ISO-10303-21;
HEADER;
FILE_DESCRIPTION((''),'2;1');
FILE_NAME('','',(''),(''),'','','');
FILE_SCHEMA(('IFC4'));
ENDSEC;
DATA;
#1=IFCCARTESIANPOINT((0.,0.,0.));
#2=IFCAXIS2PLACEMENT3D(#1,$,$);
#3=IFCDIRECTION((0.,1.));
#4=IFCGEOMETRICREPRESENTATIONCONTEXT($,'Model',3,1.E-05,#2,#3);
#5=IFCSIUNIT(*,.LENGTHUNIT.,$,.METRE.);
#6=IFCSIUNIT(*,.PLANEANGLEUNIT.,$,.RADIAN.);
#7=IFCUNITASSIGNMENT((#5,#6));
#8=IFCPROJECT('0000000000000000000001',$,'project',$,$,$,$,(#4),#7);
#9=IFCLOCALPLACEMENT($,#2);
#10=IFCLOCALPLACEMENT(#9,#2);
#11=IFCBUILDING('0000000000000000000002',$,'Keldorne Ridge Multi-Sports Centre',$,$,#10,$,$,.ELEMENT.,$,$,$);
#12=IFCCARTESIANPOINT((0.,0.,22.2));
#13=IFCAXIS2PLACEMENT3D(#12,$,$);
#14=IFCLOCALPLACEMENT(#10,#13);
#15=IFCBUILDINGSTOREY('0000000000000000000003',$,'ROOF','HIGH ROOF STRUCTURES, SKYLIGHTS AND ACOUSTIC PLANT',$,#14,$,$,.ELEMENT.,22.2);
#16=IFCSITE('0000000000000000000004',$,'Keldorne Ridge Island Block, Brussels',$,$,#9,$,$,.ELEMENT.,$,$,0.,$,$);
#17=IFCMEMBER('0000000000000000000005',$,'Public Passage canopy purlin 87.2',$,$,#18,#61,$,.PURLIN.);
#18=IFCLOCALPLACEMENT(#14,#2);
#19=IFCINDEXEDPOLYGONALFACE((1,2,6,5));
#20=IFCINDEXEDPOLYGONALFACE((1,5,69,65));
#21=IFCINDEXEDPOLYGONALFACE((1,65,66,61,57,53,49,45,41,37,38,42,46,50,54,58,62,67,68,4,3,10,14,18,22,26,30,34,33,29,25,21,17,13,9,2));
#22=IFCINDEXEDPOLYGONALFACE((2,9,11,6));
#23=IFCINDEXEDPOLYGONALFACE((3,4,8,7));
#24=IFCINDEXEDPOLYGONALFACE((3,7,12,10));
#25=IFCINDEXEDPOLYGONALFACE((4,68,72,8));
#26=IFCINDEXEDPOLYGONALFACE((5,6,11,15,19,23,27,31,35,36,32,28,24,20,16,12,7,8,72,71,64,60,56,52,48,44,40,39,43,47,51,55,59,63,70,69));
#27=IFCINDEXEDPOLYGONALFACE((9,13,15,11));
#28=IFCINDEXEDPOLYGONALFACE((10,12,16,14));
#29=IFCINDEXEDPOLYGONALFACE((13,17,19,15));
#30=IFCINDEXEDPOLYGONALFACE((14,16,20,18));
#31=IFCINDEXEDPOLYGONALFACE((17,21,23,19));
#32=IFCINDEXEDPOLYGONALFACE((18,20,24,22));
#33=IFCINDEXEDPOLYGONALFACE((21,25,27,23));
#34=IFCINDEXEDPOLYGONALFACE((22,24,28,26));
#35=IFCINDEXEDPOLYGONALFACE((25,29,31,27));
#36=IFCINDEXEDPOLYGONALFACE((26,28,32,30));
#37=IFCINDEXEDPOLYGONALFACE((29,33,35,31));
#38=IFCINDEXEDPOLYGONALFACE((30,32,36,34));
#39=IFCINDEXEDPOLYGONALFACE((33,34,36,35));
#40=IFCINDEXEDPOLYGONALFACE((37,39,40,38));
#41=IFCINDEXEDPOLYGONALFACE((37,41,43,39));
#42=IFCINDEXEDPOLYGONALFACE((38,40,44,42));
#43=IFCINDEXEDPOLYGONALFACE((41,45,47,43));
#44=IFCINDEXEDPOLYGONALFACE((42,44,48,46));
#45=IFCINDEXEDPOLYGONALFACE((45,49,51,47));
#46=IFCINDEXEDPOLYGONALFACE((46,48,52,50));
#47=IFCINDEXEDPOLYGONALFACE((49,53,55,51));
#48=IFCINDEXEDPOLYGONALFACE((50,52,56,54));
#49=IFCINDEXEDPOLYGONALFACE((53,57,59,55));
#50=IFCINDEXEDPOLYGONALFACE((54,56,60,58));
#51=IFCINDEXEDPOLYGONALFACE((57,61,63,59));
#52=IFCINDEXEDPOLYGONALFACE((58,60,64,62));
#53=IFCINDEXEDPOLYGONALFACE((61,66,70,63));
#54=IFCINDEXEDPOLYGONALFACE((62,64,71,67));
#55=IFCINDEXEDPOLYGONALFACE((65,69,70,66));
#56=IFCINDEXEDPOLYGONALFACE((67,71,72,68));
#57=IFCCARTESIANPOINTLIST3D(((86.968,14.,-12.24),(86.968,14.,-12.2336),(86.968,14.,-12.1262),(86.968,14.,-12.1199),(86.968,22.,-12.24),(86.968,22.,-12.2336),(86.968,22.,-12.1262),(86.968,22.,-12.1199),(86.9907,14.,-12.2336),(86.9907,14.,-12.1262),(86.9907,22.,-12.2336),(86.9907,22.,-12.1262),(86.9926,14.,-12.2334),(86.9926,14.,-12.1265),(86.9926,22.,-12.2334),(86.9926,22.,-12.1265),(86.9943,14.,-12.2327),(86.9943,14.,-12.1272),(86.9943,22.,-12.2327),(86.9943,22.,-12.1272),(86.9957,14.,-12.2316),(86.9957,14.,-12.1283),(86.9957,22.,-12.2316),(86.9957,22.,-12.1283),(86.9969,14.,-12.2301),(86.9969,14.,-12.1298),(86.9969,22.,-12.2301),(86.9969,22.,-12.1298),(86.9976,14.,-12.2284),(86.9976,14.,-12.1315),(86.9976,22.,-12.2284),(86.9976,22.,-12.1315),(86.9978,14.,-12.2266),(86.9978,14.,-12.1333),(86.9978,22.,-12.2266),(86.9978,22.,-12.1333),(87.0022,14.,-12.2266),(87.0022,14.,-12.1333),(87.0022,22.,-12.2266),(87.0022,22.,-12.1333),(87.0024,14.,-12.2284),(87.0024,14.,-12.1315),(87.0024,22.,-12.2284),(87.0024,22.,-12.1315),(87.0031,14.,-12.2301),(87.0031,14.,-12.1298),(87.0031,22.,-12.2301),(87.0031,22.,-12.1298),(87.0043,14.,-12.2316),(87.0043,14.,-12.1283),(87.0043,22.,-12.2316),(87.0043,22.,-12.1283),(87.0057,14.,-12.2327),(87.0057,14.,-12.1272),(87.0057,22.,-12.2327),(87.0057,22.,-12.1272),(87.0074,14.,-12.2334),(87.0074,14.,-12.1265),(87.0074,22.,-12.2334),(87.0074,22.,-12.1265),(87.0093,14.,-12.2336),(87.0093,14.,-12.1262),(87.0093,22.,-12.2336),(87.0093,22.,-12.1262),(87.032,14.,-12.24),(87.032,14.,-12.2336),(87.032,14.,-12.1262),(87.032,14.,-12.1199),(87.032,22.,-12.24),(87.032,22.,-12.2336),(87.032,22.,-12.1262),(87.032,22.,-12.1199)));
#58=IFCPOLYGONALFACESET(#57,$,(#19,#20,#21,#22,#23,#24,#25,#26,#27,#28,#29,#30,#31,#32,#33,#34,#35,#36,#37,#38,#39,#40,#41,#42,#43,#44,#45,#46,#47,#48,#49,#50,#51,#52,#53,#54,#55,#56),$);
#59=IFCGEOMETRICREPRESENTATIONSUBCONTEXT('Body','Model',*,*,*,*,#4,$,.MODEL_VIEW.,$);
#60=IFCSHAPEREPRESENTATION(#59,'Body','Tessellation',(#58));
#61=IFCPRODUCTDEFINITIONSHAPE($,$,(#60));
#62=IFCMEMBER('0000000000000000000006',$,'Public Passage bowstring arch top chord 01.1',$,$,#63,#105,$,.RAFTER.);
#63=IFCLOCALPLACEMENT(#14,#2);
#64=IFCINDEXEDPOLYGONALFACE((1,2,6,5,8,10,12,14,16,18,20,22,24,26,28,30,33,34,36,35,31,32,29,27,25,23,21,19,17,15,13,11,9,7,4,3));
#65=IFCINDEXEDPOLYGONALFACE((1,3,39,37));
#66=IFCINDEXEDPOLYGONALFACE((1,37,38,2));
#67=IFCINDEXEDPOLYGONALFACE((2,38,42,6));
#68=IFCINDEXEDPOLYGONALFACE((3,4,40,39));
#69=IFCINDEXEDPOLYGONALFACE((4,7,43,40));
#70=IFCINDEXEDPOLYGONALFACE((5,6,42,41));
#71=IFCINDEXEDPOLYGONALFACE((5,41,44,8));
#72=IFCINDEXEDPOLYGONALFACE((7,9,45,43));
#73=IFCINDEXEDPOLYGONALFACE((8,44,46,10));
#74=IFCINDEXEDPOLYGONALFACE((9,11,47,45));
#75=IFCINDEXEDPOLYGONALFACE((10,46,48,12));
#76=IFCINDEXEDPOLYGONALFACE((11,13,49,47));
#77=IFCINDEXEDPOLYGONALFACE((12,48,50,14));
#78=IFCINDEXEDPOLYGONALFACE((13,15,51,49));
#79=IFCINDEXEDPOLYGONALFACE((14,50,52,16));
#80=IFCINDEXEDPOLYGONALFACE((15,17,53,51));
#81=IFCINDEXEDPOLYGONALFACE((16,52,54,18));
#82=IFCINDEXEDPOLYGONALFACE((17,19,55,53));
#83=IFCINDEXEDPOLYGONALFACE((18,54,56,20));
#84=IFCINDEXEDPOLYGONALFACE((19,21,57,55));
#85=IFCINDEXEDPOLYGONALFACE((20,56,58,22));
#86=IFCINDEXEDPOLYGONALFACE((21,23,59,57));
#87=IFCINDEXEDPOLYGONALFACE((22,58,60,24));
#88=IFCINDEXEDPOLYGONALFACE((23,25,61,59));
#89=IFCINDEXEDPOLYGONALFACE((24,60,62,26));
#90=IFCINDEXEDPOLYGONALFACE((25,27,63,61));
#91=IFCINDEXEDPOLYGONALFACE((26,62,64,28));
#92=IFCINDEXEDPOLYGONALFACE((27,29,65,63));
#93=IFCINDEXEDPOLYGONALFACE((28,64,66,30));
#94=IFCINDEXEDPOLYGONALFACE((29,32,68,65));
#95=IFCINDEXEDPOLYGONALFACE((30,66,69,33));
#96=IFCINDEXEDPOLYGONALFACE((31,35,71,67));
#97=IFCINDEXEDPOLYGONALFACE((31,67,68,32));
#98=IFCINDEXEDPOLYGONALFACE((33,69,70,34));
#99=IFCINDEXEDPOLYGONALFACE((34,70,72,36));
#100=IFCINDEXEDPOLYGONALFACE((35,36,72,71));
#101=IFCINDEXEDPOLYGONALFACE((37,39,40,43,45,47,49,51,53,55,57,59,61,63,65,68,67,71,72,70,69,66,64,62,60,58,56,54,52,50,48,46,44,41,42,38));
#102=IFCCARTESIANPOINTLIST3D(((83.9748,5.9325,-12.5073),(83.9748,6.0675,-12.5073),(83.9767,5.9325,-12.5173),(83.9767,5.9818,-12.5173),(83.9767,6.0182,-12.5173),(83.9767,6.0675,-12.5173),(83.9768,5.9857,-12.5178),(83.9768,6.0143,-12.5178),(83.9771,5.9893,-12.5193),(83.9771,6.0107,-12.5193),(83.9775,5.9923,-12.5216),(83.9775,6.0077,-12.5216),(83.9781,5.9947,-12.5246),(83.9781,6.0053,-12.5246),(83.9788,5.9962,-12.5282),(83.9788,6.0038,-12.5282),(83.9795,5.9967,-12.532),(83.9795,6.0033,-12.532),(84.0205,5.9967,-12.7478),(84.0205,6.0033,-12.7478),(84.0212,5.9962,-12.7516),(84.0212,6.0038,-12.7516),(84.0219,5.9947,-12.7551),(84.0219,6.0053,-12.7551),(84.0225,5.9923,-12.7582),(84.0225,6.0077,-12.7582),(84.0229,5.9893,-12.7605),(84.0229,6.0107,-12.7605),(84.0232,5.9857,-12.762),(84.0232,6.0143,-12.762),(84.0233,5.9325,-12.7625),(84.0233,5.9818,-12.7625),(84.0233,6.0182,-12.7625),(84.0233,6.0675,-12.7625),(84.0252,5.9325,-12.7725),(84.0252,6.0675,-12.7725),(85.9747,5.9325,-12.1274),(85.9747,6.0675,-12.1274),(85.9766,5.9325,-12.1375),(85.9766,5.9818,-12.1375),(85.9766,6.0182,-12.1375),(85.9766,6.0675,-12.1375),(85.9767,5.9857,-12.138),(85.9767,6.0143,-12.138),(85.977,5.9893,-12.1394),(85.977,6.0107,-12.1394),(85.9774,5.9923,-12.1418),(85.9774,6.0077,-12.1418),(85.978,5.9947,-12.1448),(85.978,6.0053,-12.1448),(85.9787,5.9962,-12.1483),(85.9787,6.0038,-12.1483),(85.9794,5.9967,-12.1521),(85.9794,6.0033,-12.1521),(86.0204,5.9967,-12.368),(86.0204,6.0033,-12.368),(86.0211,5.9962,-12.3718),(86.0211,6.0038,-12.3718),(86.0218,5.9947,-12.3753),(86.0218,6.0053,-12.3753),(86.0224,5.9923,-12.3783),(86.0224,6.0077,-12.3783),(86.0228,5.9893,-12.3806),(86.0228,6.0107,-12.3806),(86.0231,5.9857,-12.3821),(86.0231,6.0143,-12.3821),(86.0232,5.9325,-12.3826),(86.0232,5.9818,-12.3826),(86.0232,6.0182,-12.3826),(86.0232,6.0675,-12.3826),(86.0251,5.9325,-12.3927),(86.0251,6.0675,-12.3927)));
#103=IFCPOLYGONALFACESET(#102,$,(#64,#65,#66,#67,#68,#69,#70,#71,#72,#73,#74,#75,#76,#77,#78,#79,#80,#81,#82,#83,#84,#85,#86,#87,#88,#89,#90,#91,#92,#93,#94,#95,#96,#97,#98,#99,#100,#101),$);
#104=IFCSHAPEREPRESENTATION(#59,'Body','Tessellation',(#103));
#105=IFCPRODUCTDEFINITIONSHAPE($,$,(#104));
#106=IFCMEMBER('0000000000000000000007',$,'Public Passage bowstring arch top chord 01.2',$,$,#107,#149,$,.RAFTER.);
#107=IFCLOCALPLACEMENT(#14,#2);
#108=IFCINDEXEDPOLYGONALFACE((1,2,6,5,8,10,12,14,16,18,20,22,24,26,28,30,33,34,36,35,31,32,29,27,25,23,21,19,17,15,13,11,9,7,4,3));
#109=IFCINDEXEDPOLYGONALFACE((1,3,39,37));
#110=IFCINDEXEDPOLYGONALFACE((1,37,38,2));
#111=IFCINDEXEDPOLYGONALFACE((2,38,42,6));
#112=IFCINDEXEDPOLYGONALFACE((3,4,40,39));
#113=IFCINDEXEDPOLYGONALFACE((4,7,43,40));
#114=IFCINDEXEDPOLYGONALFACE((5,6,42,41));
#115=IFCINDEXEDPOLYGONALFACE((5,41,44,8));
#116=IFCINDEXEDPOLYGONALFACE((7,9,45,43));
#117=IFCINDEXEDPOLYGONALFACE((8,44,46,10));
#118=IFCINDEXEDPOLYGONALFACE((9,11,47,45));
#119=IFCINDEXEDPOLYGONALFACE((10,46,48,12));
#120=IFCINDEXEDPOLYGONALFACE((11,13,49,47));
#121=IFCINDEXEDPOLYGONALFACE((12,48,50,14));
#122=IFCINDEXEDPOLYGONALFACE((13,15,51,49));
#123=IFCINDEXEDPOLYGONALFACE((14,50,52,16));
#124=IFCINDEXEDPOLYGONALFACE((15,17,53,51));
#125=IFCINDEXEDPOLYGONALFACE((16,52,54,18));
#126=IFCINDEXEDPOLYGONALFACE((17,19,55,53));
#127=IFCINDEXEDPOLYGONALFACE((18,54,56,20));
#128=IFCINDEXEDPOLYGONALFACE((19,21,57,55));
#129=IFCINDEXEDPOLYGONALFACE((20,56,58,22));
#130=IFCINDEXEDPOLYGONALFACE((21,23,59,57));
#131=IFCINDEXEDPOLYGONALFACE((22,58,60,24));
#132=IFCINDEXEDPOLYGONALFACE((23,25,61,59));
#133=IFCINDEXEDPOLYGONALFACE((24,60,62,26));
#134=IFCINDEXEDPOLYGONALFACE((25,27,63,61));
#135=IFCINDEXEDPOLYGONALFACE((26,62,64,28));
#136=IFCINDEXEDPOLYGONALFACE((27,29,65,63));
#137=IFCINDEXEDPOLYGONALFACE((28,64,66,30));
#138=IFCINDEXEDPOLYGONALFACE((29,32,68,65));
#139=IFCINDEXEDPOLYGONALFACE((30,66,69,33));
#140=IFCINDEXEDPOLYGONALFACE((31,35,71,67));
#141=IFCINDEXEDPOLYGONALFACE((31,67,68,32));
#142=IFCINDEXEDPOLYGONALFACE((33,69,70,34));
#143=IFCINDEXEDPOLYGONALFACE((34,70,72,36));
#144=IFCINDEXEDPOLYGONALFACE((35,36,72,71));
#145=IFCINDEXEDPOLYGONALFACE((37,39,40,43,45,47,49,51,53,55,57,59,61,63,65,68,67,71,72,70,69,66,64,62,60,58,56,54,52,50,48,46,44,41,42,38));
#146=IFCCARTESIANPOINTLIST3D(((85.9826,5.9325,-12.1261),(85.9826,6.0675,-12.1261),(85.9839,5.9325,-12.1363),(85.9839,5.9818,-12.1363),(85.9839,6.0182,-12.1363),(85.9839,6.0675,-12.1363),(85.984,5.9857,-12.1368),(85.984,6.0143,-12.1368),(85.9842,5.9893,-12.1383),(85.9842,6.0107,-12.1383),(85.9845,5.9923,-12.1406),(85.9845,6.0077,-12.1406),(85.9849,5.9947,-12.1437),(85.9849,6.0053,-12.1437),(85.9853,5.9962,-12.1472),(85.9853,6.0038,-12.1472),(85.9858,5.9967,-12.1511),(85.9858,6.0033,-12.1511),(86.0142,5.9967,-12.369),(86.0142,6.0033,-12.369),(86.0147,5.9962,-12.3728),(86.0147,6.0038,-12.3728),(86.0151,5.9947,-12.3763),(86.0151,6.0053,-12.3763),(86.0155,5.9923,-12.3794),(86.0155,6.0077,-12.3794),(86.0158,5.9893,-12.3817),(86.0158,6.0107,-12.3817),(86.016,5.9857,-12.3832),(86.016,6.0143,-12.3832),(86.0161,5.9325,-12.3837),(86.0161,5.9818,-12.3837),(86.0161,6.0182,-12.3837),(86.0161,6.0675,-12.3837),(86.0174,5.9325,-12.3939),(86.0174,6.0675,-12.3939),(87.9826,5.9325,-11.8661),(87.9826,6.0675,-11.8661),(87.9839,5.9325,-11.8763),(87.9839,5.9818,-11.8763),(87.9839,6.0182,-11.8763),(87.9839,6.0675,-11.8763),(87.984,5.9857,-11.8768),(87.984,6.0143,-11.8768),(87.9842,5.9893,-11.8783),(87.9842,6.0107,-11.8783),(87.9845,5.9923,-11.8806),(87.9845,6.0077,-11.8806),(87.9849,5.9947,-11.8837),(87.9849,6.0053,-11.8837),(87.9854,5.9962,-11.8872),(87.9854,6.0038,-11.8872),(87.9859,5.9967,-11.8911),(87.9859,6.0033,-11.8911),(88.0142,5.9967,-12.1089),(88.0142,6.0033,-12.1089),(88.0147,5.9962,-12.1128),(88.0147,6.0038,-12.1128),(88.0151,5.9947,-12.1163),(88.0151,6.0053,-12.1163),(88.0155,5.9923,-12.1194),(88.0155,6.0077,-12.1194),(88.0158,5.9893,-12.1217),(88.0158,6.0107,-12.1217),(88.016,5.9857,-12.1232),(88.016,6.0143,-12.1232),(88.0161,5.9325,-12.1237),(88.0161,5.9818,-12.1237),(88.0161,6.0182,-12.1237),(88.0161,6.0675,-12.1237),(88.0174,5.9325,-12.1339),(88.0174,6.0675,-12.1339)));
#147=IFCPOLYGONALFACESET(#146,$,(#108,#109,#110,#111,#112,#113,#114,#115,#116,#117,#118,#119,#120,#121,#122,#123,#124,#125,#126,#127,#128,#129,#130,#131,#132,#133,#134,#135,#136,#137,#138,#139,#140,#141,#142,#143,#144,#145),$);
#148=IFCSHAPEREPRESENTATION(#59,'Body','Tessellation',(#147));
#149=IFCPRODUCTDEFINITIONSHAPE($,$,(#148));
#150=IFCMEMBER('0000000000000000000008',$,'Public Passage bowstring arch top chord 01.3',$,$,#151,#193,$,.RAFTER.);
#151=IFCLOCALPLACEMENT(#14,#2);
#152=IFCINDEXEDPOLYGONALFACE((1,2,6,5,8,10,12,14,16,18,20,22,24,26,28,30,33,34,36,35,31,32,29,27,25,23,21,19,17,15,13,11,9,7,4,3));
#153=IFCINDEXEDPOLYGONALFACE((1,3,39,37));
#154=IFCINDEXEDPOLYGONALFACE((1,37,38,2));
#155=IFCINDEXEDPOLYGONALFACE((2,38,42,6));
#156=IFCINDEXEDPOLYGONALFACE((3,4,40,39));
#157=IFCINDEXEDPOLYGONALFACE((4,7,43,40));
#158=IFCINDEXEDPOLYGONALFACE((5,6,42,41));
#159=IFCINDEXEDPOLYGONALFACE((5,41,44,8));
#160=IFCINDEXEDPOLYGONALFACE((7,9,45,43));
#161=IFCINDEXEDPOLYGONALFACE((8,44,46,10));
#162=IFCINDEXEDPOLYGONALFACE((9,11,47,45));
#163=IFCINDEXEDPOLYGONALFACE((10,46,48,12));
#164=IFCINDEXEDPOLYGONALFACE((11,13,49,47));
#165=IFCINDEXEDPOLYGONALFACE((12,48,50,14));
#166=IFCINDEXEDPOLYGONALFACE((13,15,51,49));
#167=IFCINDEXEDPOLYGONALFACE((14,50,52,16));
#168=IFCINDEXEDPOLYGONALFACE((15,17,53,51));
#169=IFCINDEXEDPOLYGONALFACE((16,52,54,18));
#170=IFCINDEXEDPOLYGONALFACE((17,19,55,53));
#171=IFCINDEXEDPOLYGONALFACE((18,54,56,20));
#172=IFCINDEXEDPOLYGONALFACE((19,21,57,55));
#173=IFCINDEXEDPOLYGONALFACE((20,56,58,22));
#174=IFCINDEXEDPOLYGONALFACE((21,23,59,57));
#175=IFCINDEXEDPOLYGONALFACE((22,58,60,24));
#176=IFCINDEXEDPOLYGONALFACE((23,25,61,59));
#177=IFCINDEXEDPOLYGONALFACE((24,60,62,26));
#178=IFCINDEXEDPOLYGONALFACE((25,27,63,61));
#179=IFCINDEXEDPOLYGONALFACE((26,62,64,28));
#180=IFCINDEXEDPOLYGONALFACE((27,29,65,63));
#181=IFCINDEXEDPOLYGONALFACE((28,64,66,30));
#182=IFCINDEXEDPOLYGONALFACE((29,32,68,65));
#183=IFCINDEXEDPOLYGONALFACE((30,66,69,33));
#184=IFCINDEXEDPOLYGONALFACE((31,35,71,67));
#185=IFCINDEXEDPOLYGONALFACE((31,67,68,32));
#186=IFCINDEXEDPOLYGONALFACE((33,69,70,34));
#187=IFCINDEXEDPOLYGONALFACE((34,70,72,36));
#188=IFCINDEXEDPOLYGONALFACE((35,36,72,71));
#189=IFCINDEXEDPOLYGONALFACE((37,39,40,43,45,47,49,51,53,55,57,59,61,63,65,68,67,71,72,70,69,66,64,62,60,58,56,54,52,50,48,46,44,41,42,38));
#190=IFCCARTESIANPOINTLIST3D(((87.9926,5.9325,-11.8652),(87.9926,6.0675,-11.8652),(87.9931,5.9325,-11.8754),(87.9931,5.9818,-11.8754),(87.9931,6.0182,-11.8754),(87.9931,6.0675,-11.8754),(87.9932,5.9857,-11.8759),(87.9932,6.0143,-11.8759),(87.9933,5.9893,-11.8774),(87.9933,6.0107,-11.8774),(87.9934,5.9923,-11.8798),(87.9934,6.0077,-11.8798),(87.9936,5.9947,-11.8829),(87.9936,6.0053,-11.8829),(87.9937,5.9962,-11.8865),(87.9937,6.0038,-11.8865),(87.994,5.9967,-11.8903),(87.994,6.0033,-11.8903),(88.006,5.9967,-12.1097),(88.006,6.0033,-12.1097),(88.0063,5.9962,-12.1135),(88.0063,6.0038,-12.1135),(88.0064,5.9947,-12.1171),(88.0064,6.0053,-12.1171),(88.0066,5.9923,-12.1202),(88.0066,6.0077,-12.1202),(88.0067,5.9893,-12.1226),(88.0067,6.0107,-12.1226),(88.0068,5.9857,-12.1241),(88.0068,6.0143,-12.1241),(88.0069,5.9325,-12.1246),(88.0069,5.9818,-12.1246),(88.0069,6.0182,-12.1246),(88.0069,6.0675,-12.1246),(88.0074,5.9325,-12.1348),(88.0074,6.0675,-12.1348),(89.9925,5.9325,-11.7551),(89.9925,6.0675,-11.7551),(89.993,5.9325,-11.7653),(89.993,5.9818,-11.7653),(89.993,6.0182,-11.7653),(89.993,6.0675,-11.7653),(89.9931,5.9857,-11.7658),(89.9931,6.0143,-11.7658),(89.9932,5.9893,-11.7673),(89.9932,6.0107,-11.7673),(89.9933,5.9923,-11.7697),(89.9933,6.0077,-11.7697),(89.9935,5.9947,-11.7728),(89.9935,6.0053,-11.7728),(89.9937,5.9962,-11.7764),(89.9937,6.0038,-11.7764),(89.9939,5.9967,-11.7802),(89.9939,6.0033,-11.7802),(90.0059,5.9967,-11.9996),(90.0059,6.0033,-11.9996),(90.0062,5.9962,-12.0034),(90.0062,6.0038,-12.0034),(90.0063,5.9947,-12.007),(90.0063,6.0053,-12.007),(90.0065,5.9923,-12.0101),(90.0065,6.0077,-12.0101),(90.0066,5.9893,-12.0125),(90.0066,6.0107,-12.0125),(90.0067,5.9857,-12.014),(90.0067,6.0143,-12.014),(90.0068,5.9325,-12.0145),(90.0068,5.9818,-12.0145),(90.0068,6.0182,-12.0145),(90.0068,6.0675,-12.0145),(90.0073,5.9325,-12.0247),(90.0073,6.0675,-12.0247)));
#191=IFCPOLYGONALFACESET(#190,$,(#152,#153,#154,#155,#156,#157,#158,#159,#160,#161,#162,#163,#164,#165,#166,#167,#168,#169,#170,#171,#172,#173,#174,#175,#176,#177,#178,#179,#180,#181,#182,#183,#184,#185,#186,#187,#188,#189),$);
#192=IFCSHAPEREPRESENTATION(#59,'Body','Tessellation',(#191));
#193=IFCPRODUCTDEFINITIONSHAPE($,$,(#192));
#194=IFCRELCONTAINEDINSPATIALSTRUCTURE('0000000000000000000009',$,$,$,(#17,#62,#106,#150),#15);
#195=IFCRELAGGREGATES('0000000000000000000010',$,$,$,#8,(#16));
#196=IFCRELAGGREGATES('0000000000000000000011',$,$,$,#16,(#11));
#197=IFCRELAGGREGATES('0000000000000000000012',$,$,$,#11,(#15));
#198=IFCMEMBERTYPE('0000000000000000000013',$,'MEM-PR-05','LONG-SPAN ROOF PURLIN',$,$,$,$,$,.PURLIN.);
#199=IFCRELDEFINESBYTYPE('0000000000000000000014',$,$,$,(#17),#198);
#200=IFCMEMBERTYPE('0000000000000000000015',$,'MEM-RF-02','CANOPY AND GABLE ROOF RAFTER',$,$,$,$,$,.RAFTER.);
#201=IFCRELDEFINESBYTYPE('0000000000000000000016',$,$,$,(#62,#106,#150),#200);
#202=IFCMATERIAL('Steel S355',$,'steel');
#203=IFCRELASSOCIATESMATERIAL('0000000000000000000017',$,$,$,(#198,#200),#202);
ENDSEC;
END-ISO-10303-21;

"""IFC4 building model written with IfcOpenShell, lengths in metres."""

from ifc_helpers import new_model, si_unit, direction, frame, origin, origin_2d, place, context, subcontext, project, spatial, i_section, extrude, material, material_profile, profile_set, type_object, element, save


model = new_model("IFC4")

# Units and contexts
model_context = context("Model", 3, precision=1e-05, world=origin(), true_north=direction((0.0, 1.0)))
body_context = subcontext(model_context, "Body", "Model", "MODEL_VIEW")
ifc_project = project(units=[si_unit("LENGTHUNIT", "METRE"), si_unit("PLANEANGLEUNIT", "RADIAN")], contexts=[model_context])

# Site, building, storey
site_placement = place(None, origin())
site = spatial("IfcSite", under=ifc_project, at=site_placement, Name="Keldorne Ridge Island Block, Brussels", CompositionType="ELEMENT", RefElevation=0.0)
building_placement = place(site_placement, origin())
building = spatial("IfcBuilding", under=site, at=building_placement, Name="Keldorne Ridge Multi-Sports Centre", CompositionType="ELEMENT")
storey_placement = place(building_placement, frame((0.0, 0.0, 22.2)))
storey = spatial("IfcBuildingStorey", under=building, at=storey_placement, Name="ROOF", Description="HIGH ROOF STRUCTURES, SKYLIGHTS AND ACOUSTIC PLANT", CompositionType="ELEMENT", Elevation=22.2)

# Members
ifc_material = material(Name="Steel S355", Category="steel")
ifc_material_profile_1 = material_profile(ifc_material, i_section(OverallWidth=0.064, OverallDepth=0.1201, WebThickness=0.0044, FlangeThickness=0.0063, FilletRadius=0.0071, at=origin_2d()), Name="IPE 120")
ifc_profile_set_1 = profile_set([ifc_material_profile_1], Name="Steel S355")
member_type_1 = type_object("IfcMemberType", Name="MEM-PR-05", Description="LONG-SPAN ROOF PURLIN", PredefinedType="PURLIN", material=ifc_profile_set_1)
for number, where, z_axis, x_axis, name in (
    (1, (87.0, 14.0, -12.1799), (0.0, 1.0, 0.0), (-1.0, 0.0, 0.0), "Public Passage canopy purlin 87.2"),
):
    element("IfcMember", number, at=place(storey_placement, frame(where, z_axis=z_axis, x_axis=x_axis)), inside=storey, type_object=member_type_1, Name=name, PredefinedType="PURLIN", context=body_context, shape_type="SweptSolid", body=[
        extrude(i_section(OverallWidth=0.064, OverallDepth=0.1201, WebThickness=0.0044, FlangeThickness=0.0063, FilletRadius=0.0071, at=origin_2d()), origin(), (0.0, 0.0, 1.0), 8.0),
    ])
ifc_material_profile_2 = material_profile(ifc_material, i_section(OverallWidth=0.135, OverallDepth=0.27, WebThickness=0.0066, FlangeThickness=0.0103, FilletRadius=0.0149, at=origin_2d()), Name="IPE 270")
ifc_profile_set_2 = profile_set([ifc_material_profile_2], Name="Steel S355")
member_type_2 = type_object("IfcMemberType", Name="MEM-RF-02", Description="CANOPY AND GABLE ROOF RAFTER", PredefinedType="RAFTER", material=ifc_profile_set_2)
member_1_placement = place(storey_placement, frame((84.0, 6.0, -12.6399), z_axis=(0.982435, 0.0, 0.186605), x_axis=(0.0, 1.0, 0.0)))
element("IfcMember", 2, at=member_1_placement, inside=storey, type_object=member_type_2, Name="Public Passage bowstring arch top chord 01.1", PredefinedType="RAFTER", context=body_context, shape_type="SweptSolid", body=[
    extrude(i_section(OverallWidth=0.135, OverallDepth=0.27, WebThickness=0.0066, FlangeThickness=0.0103, FilletRadius=0.0149, at=origin_2d()), origin(), (0.0, 0.0, 1.0), 2.0356),
])
member_2_placement = place(storey_placement, frame((86.0, 6.0, -12.26), z_axis=(0.991655, 0.0, 0.12892), x_axis=(0.0, 1.0, 0.0)))
element("IfcMember", 3, at=member_2_placement, inside=storey, type_object=member_type_2, Name="Public Passage bowstring arch top chord 01.2", PredefinedType="RAFTER", context=body_context, shape_type="SweptSolid", body=[
    extrude(i_section(OverallWidth=0.135, OverallDepth=0.27, WebThickness=0.0066, FlangeThickness=0.0103, FilletRadius=0.0149, at=origin_2d()), origin(), (0.0, 0.0, 1.0), 2.0168),
])
member_3_placement = place(storey_placement, frame((88.0, 6.0, -12.0), z_axis=(0.998488, 0.0, 0.05497), x_axis=(0.0, 1.0, 0.0)))
element("IfcMember", 4, at=member_3_placement, inside=storey, type_object=member_type_2, Name="Public Passage bowstring arch top chord 01.3", PredefinedType="RAFTER", context=body_context, shape_type="SweptSolid", body=[
    extrude(i_section(OverallWidth=0.135, OverallDepth=0.27, WebThickness=0.0066, FlangeThickness=0.0103, FilletRadius=0.0149, at=origin_2d()), origin(), (0.0, 0.0, 1.0), 2.0029),
])

save(model, "model.ifc")
